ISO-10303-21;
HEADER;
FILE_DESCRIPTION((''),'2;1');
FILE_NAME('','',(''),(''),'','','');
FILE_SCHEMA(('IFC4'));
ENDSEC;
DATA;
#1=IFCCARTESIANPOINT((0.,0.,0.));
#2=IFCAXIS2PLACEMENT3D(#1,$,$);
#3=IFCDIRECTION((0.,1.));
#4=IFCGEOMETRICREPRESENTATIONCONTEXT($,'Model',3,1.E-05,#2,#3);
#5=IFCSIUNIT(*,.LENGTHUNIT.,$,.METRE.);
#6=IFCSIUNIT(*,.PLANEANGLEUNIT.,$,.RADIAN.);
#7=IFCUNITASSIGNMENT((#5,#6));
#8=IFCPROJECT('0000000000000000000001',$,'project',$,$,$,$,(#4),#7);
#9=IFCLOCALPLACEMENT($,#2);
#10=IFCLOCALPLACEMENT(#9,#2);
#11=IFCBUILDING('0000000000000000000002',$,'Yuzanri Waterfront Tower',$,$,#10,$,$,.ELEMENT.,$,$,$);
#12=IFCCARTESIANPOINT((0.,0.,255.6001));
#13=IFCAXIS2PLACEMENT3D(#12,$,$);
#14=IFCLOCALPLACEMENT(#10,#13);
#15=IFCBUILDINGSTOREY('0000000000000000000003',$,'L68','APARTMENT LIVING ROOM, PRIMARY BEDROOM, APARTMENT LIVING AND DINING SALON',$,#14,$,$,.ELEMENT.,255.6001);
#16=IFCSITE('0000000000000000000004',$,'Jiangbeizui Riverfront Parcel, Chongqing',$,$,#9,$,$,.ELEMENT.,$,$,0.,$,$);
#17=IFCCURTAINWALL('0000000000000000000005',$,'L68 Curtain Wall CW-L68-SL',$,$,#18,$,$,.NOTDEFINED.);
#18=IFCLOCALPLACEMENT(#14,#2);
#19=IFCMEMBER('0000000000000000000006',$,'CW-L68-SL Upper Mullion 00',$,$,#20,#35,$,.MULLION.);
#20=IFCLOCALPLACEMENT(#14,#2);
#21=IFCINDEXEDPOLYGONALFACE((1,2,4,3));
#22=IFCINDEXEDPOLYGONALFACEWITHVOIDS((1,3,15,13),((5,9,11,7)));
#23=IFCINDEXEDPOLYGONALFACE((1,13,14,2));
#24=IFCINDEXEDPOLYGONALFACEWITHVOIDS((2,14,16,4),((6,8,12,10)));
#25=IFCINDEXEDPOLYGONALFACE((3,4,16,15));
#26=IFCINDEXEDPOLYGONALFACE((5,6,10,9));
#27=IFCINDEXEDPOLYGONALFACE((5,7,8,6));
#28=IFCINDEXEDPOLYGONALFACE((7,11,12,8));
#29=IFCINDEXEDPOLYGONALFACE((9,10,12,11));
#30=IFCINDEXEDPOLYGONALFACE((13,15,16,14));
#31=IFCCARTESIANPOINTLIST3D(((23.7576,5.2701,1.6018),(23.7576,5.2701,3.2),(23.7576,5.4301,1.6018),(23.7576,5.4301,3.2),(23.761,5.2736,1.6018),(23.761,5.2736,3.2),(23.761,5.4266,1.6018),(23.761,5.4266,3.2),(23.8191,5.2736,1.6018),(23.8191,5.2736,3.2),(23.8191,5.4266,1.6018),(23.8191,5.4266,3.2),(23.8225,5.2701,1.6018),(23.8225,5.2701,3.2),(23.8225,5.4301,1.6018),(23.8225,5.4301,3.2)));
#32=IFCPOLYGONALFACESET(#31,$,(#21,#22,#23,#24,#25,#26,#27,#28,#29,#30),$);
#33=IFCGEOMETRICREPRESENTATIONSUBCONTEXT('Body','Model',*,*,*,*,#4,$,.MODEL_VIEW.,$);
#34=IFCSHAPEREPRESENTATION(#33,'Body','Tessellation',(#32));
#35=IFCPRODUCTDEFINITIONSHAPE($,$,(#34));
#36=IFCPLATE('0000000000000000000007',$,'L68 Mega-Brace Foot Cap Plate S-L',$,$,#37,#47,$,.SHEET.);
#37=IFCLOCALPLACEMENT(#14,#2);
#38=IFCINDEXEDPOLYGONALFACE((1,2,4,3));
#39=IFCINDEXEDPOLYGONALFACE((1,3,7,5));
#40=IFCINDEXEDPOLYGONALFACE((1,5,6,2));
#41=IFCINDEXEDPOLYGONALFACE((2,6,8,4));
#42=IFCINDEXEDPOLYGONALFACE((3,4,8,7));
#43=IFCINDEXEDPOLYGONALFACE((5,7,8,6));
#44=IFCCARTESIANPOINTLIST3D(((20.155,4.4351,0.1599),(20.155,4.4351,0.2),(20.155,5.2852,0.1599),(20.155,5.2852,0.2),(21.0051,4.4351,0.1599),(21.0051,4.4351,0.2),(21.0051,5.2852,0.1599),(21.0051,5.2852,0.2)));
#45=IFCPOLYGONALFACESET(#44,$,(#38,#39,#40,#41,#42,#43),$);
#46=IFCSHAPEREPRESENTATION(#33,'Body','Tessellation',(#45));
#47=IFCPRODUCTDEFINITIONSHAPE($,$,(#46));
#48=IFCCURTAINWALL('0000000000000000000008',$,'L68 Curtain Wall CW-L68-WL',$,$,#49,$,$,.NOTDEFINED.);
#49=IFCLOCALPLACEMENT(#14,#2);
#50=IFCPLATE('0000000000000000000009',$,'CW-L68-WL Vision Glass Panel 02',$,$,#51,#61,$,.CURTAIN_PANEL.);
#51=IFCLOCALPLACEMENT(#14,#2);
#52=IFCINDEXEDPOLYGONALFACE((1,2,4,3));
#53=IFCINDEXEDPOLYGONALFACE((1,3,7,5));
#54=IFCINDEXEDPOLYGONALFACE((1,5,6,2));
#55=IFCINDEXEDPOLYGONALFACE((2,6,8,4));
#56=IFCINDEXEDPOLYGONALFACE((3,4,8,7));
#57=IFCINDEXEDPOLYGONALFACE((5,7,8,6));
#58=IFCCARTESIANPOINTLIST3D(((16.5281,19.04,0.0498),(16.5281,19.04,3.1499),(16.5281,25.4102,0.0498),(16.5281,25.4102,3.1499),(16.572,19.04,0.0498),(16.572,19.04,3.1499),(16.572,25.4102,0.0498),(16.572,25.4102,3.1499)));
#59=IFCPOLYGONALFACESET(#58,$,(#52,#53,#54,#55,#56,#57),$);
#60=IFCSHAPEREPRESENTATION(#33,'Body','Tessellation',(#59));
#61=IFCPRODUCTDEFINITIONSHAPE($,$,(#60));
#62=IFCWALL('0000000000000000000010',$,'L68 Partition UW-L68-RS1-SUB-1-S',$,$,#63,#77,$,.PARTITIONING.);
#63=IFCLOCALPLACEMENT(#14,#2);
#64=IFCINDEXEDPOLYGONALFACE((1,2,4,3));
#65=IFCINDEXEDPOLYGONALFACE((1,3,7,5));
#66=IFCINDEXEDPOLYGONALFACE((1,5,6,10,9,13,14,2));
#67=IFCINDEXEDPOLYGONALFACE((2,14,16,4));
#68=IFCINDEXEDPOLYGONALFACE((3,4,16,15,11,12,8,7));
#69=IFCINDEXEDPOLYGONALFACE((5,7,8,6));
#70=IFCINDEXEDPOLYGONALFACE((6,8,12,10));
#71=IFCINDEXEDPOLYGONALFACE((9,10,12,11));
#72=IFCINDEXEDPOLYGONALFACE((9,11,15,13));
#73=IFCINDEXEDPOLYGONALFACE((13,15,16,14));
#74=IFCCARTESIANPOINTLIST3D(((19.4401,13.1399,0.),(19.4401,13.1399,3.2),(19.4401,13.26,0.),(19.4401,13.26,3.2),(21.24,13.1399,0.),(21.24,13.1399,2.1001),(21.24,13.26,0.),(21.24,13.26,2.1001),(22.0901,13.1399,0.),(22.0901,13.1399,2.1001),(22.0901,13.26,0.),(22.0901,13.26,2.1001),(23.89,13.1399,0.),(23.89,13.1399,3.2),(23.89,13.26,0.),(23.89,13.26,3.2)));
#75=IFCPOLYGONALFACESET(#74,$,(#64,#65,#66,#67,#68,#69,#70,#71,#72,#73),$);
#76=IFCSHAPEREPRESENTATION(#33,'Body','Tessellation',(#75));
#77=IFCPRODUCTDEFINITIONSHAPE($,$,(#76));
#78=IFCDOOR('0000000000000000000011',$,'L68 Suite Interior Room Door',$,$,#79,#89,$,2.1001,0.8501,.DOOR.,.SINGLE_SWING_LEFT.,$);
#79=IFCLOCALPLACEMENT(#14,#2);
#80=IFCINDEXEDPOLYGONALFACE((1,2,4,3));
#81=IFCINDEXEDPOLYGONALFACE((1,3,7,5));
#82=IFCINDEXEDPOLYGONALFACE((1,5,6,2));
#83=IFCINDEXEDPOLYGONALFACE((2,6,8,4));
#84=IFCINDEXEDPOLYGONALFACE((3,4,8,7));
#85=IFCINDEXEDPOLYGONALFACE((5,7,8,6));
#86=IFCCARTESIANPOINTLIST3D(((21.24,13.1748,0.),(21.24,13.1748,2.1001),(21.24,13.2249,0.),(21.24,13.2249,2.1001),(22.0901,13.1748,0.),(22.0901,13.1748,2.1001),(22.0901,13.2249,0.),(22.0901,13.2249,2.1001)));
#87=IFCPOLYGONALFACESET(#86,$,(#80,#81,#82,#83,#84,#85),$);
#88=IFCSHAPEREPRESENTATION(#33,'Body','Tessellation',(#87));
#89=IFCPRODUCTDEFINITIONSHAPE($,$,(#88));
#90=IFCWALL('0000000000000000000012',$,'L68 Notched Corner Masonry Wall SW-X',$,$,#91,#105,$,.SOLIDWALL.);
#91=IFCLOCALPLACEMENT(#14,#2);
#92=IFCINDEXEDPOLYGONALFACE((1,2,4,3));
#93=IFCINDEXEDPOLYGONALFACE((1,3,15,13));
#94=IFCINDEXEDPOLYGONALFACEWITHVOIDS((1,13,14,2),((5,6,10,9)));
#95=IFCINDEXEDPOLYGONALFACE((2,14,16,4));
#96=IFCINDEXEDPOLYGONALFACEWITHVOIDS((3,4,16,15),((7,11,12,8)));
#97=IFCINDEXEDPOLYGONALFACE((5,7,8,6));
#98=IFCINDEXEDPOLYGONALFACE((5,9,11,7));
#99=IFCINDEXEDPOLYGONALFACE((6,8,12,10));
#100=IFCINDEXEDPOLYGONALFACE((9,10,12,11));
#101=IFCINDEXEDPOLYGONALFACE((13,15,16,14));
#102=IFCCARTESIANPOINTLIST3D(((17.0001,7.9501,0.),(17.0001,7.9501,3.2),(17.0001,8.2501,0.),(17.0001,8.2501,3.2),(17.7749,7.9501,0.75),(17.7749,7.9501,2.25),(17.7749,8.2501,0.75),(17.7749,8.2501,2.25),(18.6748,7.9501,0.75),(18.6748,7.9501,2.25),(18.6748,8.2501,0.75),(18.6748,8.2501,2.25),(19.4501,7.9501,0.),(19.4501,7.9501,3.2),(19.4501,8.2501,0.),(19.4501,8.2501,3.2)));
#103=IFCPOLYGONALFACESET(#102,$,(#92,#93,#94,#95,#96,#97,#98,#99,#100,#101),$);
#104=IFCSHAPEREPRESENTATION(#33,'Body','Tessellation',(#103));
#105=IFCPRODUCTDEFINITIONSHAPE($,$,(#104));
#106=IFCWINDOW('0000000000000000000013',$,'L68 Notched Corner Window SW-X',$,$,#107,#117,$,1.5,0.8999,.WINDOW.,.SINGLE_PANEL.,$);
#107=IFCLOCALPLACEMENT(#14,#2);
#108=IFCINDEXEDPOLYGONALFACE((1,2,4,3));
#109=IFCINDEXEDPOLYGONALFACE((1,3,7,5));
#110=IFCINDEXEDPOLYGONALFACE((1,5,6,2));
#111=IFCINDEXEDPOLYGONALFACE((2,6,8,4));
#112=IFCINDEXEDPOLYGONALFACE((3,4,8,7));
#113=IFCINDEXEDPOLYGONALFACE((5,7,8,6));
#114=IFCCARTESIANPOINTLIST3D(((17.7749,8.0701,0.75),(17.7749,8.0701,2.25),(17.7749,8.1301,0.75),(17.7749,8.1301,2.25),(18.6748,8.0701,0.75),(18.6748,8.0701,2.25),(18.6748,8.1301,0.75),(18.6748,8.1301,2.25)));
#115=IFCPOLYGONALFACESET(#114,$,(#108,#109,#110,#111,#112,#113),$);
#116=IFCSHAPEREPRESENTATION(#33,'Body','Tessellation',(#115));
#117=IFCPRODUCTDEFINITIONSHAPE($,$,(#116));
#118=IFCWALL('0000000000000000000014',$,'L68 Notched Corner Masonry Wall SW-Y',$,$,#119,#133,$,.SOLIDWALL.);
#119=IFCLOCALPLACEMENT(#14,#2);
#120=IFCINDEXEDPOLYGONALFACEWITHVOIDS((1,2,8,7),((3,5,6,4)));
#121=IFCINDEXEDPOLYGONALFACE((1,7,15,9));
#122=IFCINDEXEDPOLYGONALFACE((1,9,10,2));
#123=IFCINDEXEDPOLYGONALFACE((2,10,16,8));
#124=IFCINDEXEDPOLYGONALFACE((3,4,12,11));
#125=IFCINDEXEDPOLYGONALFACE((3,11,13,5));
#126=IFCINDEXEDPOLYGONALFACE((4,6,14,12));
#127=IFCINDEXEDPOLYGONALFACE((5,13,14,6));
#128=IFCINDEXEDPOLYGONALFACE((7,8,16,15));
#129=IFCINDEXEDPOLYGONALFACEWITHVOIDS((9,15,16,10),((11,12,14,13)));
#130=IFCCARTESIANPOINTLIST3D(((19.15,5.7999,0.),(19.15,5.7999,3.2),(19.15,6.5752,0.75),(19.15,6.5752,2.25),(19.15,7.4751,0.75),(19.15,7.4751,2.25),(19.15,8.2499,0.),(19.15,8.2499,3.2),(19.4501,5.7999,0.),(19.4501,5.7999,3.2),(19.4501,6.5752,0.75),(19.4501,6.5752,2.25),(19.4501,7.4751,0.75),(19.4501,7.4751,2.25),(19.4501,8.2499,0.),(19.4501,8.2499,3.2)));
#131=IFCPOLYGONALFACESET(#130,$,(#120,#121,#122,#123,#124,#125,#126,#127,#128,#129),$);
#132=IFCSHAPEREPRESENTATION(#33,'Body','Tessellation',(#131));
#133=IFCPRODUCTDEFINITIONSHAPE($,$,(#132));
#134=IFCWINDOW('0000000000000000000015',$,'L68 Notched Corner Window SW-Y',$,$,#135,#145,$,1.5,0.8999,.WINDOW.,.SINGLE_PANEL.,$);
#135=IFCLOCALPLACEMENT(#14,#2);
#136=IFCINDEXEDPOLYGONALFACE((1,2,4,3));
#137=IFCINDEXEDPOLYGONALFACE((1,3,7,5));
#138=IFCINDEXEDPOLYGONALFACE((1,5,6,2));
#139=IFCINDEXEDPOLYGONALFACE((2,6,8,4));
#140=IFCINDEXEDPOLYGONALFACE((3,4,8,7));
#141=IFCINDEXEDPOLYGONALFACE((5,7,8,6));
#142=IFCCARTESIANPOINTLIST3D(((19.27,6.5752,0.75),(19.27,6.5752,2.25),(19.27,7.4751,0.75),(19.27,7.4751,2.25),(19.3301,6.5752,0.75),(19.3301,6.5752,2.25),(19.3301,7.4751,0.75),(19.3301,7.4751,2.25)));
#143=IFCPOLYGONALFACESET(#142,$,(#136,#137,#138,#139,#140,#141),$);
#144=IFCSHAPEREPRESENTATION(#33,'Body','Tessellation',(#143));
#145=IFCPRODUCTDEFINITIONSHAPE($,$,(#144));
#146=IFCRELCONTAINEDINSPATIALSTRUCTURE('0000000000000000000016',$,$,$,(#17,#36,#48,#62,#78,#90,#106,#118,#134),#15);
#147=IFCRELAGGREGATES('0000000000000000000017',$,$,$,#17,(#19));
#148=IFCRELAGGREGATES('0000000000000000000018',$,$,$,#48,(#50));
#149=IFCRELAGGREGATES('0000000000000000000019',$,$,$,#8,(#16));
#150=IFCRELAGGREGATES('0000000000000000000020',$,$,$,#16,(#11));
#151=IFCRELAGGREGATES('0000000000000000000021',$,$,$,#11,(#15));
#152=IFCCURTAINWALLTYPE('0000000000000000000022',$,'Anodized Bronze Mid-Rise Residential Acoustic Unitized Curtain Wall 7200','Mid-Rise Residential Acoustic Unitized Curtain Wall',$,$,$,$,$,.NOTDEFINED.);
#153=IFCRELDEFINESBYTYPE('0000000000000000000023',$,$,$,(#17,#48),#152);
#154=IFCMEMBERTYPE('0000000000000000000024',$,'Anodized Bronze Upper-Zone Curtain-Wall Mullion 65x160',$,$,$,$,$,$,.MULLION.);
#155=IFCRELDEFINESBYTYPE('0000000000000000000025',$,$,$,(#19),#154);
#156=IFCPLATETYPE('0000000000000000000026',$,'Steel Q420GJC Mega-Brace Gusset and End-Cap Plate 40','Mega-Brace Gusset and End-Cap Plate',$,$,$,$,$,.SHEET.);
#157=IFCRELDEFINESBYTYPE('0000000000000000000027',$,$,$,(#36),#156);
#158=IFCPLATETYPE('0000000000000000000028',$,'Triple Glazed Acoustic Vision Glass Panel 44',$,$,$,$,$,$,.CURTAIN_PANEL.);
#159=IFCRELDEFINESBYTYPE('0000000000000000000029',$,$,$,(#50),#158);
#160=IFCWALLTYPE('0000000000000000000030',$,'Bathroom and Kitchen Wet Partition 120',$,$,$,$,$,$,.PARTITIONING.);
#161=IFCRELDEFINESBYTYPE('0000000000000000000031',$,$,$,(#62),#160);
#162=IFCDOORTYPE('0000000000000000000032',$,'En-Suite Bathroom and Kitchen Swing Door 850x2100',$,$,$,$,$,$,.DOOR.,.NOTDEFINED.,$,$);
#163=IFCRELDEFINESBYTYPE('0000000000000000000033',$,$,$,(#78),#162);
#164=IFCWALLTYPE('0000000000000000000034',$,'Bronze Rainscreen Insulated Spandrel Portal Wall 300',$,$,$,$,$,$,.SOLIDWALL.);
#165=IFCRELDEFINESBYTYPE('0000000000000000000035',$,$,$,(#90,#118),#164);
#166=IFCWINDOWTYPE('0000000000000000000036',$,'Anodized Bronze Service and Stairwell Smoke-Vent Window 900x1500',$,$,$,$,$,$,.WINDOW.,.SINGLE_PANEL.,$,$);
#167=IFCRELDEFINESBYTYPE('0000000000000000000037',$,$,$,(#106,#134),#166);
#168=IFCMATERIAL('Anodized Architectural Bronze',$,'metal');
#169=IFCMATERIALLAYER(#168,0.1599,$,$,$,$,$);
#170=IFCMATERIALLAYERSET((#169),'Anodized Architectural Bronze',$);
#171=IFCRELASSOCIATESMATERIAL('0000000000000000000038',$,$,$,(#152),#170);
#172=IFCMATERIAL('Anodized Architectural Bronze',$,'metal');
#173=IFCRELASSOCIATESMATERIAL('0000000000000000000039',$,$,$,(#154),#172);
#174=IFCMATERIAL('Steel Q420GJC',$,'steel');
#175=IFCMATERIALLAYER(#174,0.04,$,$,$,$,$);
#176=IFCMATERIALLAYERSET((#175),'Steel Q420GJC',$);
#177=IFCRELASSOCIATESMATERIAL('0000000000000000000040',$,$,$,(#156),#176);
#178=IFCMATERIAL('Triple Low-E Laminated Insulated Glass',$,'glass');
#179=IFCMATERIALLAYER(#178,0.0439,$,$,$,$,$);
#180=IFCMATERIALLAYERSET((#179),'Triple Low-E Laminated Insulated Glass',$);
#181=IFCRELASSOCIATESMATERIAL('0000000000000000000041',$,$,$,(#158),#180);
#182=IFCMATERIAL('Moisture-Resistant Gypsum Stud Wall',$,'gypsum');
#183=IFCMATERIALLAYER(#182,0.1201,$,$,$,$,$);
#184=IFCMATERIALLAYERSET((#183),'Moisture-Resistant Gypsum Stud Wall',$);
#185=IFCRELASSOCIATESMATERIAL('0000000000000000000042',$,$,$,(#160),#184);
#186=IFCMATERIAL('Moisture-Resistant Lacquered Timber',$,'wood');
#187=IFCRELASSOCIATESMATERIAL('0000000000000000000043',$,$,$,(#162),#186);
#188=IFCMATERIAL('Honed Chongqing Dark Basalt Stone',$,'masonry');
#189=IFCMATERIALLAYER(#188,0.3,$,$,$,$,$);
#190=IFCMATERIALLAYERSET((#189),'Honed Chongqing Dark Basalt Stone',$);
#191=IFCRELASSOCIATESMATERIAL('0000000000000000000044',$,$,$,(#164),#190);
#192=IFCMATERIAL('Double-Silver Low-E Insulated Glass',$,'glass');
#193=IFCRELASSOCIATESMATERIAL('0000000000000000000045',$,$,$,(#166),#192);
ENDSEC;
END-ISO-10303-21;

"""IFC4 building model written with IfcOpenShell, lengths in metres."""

from ifc_helpers import new_model, si_unit, direction, frame, frame_2d, origin, origin_2d, place, context, subcontext, project, spatial, rectangle, hollow_rectangle, extrude, source, transform, mapped, material, layer, layer_set, material_profile, profile_set, type_object, element, fill, aggregate, save


model = new_model("IFC4")

# Units and contexts
model_context = context("Model", 3, precision=1e-05, world=origin(), true_north=direction((0.0, 1.0)))
body_context = subcontext(model_context, "Body", "Model", "MODEL_VIEW")
ifc_project = project(units=[si_unit("LENGTHUNIT", "METRE"), si_unit("PLANEANGLEUNIT", "RADIAN")], contexts=[model_context])

# Site, building, storey
site_placement = place(None, origin())
site = spatial("IfcSite", under=ifc_project, at=site_placement, Name="Jiangbeizui Riverfront Parcel, Chongqing", CompositionType="ELEMENT", RefElevation=0.0)
building_placement = place(site_placement, origin())
building = spatial("IfcBuilding", under=site, at=building_placement, Name="Yuzanri Waterfront Tower", CompositionType="ELEMENT")
storey_placement = place(building_placement, frame((0.0, 0.0, 255.6001)))
storey = spatial("IfcBuildingStorey", under=building, at=storey_placement, Name="L68", Description="APARTMENT LIVING ROOM, PRIMARY BEDROOM, APARTMENT LIVING AND DINING SALON", CompositionType="ELEMENT", Elevation=255.6001)

# Curtain wall, member
ifc_material_1 = material(Name="Anodized Architectural Bronze", Category="metal")
ifc_layer_1 = layer(ifc_material_1, 0.1599)
ifc_layer_set_1 = layer_set([ifc_layer_1], Name="Anodized Architectural Bronze")
curtain_wall_type = type_object("IfcCurtainWallType", Name="Anodized Bronze Mid-Rise Residential Acoustic Unitized Curtain Wall 7200", Description="Mid-Rise Residential Acoustic Unitized Curtain Wall", PredefinedType="NOTDEFINED", material=ifc_layer_set_1)
curtain_wall_1_placement = place(storey_placement, origin())
curtain_wall_1 = element("IfcCurtainWall", 1, at=curtain_wall_1_placement, inside=storey, type_object=curtain_wall_type, Name="L68 Curtain Wall CW-L68-SL", PredefinedType="NOTDEFINED")
ifc_material_2 = material(Name="Anodized Architectural Bronze", Category="metal")
ifc_material_profile_1 = material_profile(ifc_material_2, hollow_rectangle(XDim=0.0649, YDim=0.1599, WallThickness=0.0034, at=origin_2d()), Name="CWM 65x160")
ifc_profile_set_1 = profile_set([ifc_material_profile_1], Name="Anodized Architectural Bronze")
member_type_1 = type_object("IfcMemberType", Name="Anodized Bronze Upper-Zone Curtain-Wall Mullion 65x160", PredefinedType="MULLION", material=ifc_profile_set_1)
shared_shape_1 = source(origin(), body_context, "Body", "SweptSolid", [
    extrude(hollow_rectangle(XDim=0.0649, YDim=0.1599, WallThickness=0.0034, at=origin_2d()), origin(), (0.0, 0.0, 1.0), 1.5981),
])
member_1_placement = place(storey_placement, frame((23.79, 5.3501, 1.6018), z_axis=(0.0, 0.0, 1.0), x_axis=(1.0, 0.0, 0.0)))
member_1 = element("IfcMember", 2, at=member_1_placement, type_object=member_type_1, Name="CW-L68-SL Upper Mullion 00", PredefinedType="MULLION", context=body_context, shape_type="MappedRepresentation", body=[
    mapped(shared_shape_1, transform((0.0, 0.0, 0.0), scale=1.0)),
])
aggregate(curtain_wall_1, [member_1])

# Plate
ifc_material_3 = material(Name="Steel Q420GJC", Category="steel")
ifc_layer_2 = layer(ifc_material_3, 0.04)
ifc_layer_set_2 = layer_set([ifc_layer_2], Name="Steel Q420GJC")
plate_type_1 = type_object("IfcPlateType", Name="Steel Q420GJC Mega-Brace Gusset and End-Cap Plate 40", Description="Mega-Brace Gusset and End-Cap Plate", PredefinedType="SHEET", material=ifc_layer_set_2)
shared_shape_2 = source(origin(), body_context, "Body", "SweptSolid", [
    extrude(rectangle(XDim=0.8501, YDim=0.8501, at=origin_2d()), origin(), (0.0, 0.0, 1.0), 0.04),
])
plate_1_placement = place(storey_placement, frame((20.5801, 4.8601, 0.1599), z_axis=(0.0, 0.0, 1.0), x_axis=(1.0, 0.0, 0.0)))
element("IfcPlate", 3, at=plate_1_placement, inside=storey, type_object=plate_type_1, Name="L68 Mega-Brace Foot Cap Plate S-L", PredefinedType="SHEET", context=body_context, shape_type="MappedRepresentation", body=[
    mapped(shared_shape_2, transform((0.0, 0.0, 0.0), scale=1.0)),
])

# Curtain wall, plate
curtain_wall_2_placement = place(storey_placement, origin())
curtain_wall_2 = element("IfcCurtainWall", 4, at=curtain_wall_2_placement, inside=storey, type_object=curtain_wall_type, Name="L68 Curtain Wall CW-L68-WL", PredefinedType="NOTDEFINED")
ifc_material_4 = material(Name="Triple Low-E Laminated Insulated Glass", Category="glass")
ifc_layer_3 = layer(ifc_material_4, 0.0439)
ifc_layer_set_3 = layer_set([ifc_layer_3], Name="Triple Low-E Laminated Insulated Glass")
plate_type_2 = type_object("IfcPlateType", Name="Triple Glazed Acoustic Vision Glass Panel 44", PredefinedType="CURTAIN_PANEL", material=ifc_layer_set_3)
shared_shape_3 = source(origin(), body_context, "Body", "SweptSolid", [
    extrude(rectangle(XDim=6.3701, YDim=0.0439, at=origin_2d()), origin(), (0.0, 0.0, 1.0), 3.1001),
])
plate_2_placement = place(storey_placement, frame((16.55, 22.2251, 0.0498), z_axis=(0.0, 0.0, 1.0), x_axis=(0.0, 1.0, 0.0)))
plate_2 = element("IfcPlate", 5, at=plate_2_placement, type_object=plate_type_2, Name="CW-L68-WL Vision Glass Panel 02", PredefinedType="CURTAIN_PANEL", context=body_context, shape_type="MappedRepresentation", body=[
    mapped(shared_shape_3, transform((0.0, 0.0, 0.0), scale=1.0)),
])
aggregate(curtain_wall_2, [plate_2])

# Wall, opening, door
ifc_material_5 = material(Name="Moisture-Resistant Gypsum Stud Wall", Category="gypsum")
ifc_layer_4 = layer(ifc_material_5, 0.1201)
ifc_layer_set_4 = layer_set([ifc_layer_4], Name="Moisture-Resistant Gypsum Stud Wall")
wall_type_1 = type_object("IfcWallType", Name="Bathroom and Kitchen Wet Partition 120", PredefinedType="PARTITIONING", material=ifc_layer_set_4)
wall_1_placement = place(storey_placement, frame((19.4399, 13.2, 0.0), z_axis=(0.0, 0.0, 1.0), x_axis=(1.0, 0.0, 0.0)))
wall_1 = element("IfcWall", 6, at=wall_1_placement, inside=storey, type_object=wall_type_1, Name="L68 Partition UW-L68-RS1-SUB-1-S", PredefinedType="PARTITIONING", context=body_context, shape_type="SweptSolid", body=[
    extrude(rectangle(XDim=4.45, YDim=0.1201, at=frame_2d((2.2251, 0.0))), origin(), (0.0, 0.0, 1.0), 3.2),
])
opening_1_placement = place(wall_1_placement, frame((1.8, 0.0, 0.0)))
opening_1 = element("IfcOpeningElement", 7, at=opening_1_placement, cuts=wall_1, PredefinedType="OPENING", context=body_context, shape_type="SweptSolid", body=[
    extrude(rectangle(XDim=0.8501, YDim=2.1001, at=frame_2d((0.425, 1.05))), frame((0.0, 0.075, 0.0), z_axis=(0.0, -1.0, 0.0), x_axis=(1.0, 0.0, 0.0)), (0.0, 0.0, 1.0), 0.1499),
])
ifc_material_6 = material(Name="Moisture-Resistant Lacquered Timber", Category="wood")
door_type_1 = type_object("IfcDoorType", Name="En-Suite Bathroom and Kitchen Swing Door 850x2100", OperationType="NOTDEFINED", PredefinedType="DOOR", material=ifc_material_6)
shared_shape_4 = source(origin(), body_context, "Body", "SweptSolid", [
    extrude(rectangle(XDim=0.8501, YDim=2.1001, at=frame_2d((0.425, 1.05))), frame((0.0, 0.0249, 0.0), z_axis=(0.0, -1.0, 0.0), x_axis=(1.0, 0.0, 0.0)), (0.0, 0.0, 1.0), 0.05),
])
door_1_placement = place(opening_1_placement, origin())
door_1 = element("IfcDoor", 8, at=door_1_placement, inside=storey, type_object=door_type_1, Name="L68 Suite Interior Room Door", OperationType="SINGLE_SWING_LEFT", OverallHeight=2.1001, OverallWidth=0.8501, PredefinedType="DOOR", context=body_context, shape_type="MappedRepresentation", body=[
    mapped(shared_shape_4, transform((0.0, 0.0, 0.0), scale=1.0)),
])
fill(opening_1, door_1)

# Walls, openings, windows
ifc_material_7 = material(Name="Honed Chongqing Dark Basalt Stone", Category="masonry")
ifc_layer_5 = layer(ifc_material_7, 0.3)
ifc_layer_set_5 = layer_set([ifc_layer_5], Name="Honed Chongqing Dark Basalt Stone")
wall_type_2 = type_object("IfcWallType", Name="Bronze Rainscreen Insulated Spandrel Portal Wall 300", PredefinedType="SOLIDWALL", material=ifc_layer_set_5)
wall_2_placement = place(storey_placement, frame((17.0, 8.1001, 0.0), z_axis=(0.0, 0.0, 1.0), x_axis=(1.0, 0.0, 0.0)))
wall_2 = element("IfcWall", 9, at=wall_2_placement, inside=storey, type_object=wall_type_2, Name="L68 Notched Corner Masonry Wall SW-X", PredefinedType="SOLIDWALL", context=body_context, shape_type="SweptSolid", body=[
    extrude(rectangle(XDim=2.45, YDim=0.3, at=frame_2d((1.2251, 0.0))), origin(), (0.0, 0.0, 1.0), 3.2),
])
opening_2_placement = place(wall_2_placement, frame((0.7749, 0.0, 0.75)))
opening_2 = element("IfcOpeningElement", 10, at=opening_2_placement, cuts=wall_2, PredefinedType="OPENING", context=body_context, shape_type="SweptSolid", body=[
    extrude(rectangle(XDim=0.8999, YDim=1.5, at=frame_2d((0.45, 0.75))), frame((0.0, 0.165, 0.0), z_axis=(0.0, -1.0, 0.0), x_axis=(1.0, 0.0, 0.0)), (0.0, 0.0, 1.0), 0.3298),
])
ifc_material_8 = material(Name="Double-Silver Low-E Insulated Glass", Category="glass")
window_type = type_object("IfcWindowType", Name="Anodized Bronze Service and Stairwell Smoke-Vent Window 900x1500", PartitioningType="SINGLE_PANEL", PredefinedType="WINDOW", material=ifc_material_8)
shared_shape_5 = source(origin(), body_context, "Body", "SweptSolid", [
    extrude(rectangle(XDim=0.8999, YDim=1.5, at=frame_2d((0.45, 0.75))), frame((0.0, 0.03, 0.0), z_axis=(0.0, -1.0, 0.0), x_axis=(1.0, 0.0, 0.0)), (0.0, 0.0, 1.0), 0.0601),
])
window_1_placement = place(opening_2_placement, origin())
window_1 = element("IfcWindow", 11, at=window_1_placement, inside=storey, type_object=window_type, Name="L68 Notched Corner Window SW-X", OverallHeight=1.5, OverallWidth=0.8999, PartitioningType="SINGLE_PANEL", PredefinedType="WINDOW", context=body_context, shape_type="MappedRepresentation", body=[
    mapped(shared_shape_5, transform((0.0, 0.0, 0.0), scale=1.0)),
])
fill(opening_2, window_1)
wall_3_placement = place(storey_placement, frame((19.3, 8.25, 0.0), z_axis=(0.0, 0.0, 1.0), x_axis=(0.0, -1.0, 0.0)))
wall_3 = element("IfcWall", 12, at=wall_3_placement, inside=storey, type_object=wall_type_2, Name="L68 Notched Corner Masonry Wall SW-Y", PredefinedType="SOLIDWALL", context=body_context, shape_type="SweptSolid", body=[
    extrude(rectangle(XDim=2.45, YDim=0.3, at=frame_2d((1.2251, 0.0))), origin(), (0.0, 0.0, 1.0), 3.2),
])
opening_3_placement = place(wall_3_placement, frame((0.7749, 0.0, 0.75)))
opening_3 = element("IfcOpeningElement", 13, at=opening_3_placement, cuts=wall_3, PredefinedType="OPENING", context=body_context, shape_type="SweptSolid", body=[
    extrude(rectangle(XDim=0.8999, YDim=1.5, at=frame_2d((0.45, 0.75))), frame((0.0, 0.165, 0.0), z_axis=(0.0, -1.0, 0.0), x_axis=(1.0, 0.0, 0.0)), (0.0, 0.0, 1.0), 0.3298),
])
window_2_placement = place(opening_3_placement, origin())
window_2 = element("IfcWindow", 14, at=window_2_placement, inside=storey, type_object=window_type, Name="L68 Notched Corner Window SW-Y", OverallHeight=1.5, OverallWidth=0.8999, PartitioningType="SINGLE_PANEL", PredefinedType="WINDOW", context=body_context, shape_type="MappedRepresentation", body=[
    mapped(shared_shape_5, transform((0.0, 0.0, 0.0), scale=1.0)),
])
fill(opening_3, window_2)

save(model, "model.ifc")
